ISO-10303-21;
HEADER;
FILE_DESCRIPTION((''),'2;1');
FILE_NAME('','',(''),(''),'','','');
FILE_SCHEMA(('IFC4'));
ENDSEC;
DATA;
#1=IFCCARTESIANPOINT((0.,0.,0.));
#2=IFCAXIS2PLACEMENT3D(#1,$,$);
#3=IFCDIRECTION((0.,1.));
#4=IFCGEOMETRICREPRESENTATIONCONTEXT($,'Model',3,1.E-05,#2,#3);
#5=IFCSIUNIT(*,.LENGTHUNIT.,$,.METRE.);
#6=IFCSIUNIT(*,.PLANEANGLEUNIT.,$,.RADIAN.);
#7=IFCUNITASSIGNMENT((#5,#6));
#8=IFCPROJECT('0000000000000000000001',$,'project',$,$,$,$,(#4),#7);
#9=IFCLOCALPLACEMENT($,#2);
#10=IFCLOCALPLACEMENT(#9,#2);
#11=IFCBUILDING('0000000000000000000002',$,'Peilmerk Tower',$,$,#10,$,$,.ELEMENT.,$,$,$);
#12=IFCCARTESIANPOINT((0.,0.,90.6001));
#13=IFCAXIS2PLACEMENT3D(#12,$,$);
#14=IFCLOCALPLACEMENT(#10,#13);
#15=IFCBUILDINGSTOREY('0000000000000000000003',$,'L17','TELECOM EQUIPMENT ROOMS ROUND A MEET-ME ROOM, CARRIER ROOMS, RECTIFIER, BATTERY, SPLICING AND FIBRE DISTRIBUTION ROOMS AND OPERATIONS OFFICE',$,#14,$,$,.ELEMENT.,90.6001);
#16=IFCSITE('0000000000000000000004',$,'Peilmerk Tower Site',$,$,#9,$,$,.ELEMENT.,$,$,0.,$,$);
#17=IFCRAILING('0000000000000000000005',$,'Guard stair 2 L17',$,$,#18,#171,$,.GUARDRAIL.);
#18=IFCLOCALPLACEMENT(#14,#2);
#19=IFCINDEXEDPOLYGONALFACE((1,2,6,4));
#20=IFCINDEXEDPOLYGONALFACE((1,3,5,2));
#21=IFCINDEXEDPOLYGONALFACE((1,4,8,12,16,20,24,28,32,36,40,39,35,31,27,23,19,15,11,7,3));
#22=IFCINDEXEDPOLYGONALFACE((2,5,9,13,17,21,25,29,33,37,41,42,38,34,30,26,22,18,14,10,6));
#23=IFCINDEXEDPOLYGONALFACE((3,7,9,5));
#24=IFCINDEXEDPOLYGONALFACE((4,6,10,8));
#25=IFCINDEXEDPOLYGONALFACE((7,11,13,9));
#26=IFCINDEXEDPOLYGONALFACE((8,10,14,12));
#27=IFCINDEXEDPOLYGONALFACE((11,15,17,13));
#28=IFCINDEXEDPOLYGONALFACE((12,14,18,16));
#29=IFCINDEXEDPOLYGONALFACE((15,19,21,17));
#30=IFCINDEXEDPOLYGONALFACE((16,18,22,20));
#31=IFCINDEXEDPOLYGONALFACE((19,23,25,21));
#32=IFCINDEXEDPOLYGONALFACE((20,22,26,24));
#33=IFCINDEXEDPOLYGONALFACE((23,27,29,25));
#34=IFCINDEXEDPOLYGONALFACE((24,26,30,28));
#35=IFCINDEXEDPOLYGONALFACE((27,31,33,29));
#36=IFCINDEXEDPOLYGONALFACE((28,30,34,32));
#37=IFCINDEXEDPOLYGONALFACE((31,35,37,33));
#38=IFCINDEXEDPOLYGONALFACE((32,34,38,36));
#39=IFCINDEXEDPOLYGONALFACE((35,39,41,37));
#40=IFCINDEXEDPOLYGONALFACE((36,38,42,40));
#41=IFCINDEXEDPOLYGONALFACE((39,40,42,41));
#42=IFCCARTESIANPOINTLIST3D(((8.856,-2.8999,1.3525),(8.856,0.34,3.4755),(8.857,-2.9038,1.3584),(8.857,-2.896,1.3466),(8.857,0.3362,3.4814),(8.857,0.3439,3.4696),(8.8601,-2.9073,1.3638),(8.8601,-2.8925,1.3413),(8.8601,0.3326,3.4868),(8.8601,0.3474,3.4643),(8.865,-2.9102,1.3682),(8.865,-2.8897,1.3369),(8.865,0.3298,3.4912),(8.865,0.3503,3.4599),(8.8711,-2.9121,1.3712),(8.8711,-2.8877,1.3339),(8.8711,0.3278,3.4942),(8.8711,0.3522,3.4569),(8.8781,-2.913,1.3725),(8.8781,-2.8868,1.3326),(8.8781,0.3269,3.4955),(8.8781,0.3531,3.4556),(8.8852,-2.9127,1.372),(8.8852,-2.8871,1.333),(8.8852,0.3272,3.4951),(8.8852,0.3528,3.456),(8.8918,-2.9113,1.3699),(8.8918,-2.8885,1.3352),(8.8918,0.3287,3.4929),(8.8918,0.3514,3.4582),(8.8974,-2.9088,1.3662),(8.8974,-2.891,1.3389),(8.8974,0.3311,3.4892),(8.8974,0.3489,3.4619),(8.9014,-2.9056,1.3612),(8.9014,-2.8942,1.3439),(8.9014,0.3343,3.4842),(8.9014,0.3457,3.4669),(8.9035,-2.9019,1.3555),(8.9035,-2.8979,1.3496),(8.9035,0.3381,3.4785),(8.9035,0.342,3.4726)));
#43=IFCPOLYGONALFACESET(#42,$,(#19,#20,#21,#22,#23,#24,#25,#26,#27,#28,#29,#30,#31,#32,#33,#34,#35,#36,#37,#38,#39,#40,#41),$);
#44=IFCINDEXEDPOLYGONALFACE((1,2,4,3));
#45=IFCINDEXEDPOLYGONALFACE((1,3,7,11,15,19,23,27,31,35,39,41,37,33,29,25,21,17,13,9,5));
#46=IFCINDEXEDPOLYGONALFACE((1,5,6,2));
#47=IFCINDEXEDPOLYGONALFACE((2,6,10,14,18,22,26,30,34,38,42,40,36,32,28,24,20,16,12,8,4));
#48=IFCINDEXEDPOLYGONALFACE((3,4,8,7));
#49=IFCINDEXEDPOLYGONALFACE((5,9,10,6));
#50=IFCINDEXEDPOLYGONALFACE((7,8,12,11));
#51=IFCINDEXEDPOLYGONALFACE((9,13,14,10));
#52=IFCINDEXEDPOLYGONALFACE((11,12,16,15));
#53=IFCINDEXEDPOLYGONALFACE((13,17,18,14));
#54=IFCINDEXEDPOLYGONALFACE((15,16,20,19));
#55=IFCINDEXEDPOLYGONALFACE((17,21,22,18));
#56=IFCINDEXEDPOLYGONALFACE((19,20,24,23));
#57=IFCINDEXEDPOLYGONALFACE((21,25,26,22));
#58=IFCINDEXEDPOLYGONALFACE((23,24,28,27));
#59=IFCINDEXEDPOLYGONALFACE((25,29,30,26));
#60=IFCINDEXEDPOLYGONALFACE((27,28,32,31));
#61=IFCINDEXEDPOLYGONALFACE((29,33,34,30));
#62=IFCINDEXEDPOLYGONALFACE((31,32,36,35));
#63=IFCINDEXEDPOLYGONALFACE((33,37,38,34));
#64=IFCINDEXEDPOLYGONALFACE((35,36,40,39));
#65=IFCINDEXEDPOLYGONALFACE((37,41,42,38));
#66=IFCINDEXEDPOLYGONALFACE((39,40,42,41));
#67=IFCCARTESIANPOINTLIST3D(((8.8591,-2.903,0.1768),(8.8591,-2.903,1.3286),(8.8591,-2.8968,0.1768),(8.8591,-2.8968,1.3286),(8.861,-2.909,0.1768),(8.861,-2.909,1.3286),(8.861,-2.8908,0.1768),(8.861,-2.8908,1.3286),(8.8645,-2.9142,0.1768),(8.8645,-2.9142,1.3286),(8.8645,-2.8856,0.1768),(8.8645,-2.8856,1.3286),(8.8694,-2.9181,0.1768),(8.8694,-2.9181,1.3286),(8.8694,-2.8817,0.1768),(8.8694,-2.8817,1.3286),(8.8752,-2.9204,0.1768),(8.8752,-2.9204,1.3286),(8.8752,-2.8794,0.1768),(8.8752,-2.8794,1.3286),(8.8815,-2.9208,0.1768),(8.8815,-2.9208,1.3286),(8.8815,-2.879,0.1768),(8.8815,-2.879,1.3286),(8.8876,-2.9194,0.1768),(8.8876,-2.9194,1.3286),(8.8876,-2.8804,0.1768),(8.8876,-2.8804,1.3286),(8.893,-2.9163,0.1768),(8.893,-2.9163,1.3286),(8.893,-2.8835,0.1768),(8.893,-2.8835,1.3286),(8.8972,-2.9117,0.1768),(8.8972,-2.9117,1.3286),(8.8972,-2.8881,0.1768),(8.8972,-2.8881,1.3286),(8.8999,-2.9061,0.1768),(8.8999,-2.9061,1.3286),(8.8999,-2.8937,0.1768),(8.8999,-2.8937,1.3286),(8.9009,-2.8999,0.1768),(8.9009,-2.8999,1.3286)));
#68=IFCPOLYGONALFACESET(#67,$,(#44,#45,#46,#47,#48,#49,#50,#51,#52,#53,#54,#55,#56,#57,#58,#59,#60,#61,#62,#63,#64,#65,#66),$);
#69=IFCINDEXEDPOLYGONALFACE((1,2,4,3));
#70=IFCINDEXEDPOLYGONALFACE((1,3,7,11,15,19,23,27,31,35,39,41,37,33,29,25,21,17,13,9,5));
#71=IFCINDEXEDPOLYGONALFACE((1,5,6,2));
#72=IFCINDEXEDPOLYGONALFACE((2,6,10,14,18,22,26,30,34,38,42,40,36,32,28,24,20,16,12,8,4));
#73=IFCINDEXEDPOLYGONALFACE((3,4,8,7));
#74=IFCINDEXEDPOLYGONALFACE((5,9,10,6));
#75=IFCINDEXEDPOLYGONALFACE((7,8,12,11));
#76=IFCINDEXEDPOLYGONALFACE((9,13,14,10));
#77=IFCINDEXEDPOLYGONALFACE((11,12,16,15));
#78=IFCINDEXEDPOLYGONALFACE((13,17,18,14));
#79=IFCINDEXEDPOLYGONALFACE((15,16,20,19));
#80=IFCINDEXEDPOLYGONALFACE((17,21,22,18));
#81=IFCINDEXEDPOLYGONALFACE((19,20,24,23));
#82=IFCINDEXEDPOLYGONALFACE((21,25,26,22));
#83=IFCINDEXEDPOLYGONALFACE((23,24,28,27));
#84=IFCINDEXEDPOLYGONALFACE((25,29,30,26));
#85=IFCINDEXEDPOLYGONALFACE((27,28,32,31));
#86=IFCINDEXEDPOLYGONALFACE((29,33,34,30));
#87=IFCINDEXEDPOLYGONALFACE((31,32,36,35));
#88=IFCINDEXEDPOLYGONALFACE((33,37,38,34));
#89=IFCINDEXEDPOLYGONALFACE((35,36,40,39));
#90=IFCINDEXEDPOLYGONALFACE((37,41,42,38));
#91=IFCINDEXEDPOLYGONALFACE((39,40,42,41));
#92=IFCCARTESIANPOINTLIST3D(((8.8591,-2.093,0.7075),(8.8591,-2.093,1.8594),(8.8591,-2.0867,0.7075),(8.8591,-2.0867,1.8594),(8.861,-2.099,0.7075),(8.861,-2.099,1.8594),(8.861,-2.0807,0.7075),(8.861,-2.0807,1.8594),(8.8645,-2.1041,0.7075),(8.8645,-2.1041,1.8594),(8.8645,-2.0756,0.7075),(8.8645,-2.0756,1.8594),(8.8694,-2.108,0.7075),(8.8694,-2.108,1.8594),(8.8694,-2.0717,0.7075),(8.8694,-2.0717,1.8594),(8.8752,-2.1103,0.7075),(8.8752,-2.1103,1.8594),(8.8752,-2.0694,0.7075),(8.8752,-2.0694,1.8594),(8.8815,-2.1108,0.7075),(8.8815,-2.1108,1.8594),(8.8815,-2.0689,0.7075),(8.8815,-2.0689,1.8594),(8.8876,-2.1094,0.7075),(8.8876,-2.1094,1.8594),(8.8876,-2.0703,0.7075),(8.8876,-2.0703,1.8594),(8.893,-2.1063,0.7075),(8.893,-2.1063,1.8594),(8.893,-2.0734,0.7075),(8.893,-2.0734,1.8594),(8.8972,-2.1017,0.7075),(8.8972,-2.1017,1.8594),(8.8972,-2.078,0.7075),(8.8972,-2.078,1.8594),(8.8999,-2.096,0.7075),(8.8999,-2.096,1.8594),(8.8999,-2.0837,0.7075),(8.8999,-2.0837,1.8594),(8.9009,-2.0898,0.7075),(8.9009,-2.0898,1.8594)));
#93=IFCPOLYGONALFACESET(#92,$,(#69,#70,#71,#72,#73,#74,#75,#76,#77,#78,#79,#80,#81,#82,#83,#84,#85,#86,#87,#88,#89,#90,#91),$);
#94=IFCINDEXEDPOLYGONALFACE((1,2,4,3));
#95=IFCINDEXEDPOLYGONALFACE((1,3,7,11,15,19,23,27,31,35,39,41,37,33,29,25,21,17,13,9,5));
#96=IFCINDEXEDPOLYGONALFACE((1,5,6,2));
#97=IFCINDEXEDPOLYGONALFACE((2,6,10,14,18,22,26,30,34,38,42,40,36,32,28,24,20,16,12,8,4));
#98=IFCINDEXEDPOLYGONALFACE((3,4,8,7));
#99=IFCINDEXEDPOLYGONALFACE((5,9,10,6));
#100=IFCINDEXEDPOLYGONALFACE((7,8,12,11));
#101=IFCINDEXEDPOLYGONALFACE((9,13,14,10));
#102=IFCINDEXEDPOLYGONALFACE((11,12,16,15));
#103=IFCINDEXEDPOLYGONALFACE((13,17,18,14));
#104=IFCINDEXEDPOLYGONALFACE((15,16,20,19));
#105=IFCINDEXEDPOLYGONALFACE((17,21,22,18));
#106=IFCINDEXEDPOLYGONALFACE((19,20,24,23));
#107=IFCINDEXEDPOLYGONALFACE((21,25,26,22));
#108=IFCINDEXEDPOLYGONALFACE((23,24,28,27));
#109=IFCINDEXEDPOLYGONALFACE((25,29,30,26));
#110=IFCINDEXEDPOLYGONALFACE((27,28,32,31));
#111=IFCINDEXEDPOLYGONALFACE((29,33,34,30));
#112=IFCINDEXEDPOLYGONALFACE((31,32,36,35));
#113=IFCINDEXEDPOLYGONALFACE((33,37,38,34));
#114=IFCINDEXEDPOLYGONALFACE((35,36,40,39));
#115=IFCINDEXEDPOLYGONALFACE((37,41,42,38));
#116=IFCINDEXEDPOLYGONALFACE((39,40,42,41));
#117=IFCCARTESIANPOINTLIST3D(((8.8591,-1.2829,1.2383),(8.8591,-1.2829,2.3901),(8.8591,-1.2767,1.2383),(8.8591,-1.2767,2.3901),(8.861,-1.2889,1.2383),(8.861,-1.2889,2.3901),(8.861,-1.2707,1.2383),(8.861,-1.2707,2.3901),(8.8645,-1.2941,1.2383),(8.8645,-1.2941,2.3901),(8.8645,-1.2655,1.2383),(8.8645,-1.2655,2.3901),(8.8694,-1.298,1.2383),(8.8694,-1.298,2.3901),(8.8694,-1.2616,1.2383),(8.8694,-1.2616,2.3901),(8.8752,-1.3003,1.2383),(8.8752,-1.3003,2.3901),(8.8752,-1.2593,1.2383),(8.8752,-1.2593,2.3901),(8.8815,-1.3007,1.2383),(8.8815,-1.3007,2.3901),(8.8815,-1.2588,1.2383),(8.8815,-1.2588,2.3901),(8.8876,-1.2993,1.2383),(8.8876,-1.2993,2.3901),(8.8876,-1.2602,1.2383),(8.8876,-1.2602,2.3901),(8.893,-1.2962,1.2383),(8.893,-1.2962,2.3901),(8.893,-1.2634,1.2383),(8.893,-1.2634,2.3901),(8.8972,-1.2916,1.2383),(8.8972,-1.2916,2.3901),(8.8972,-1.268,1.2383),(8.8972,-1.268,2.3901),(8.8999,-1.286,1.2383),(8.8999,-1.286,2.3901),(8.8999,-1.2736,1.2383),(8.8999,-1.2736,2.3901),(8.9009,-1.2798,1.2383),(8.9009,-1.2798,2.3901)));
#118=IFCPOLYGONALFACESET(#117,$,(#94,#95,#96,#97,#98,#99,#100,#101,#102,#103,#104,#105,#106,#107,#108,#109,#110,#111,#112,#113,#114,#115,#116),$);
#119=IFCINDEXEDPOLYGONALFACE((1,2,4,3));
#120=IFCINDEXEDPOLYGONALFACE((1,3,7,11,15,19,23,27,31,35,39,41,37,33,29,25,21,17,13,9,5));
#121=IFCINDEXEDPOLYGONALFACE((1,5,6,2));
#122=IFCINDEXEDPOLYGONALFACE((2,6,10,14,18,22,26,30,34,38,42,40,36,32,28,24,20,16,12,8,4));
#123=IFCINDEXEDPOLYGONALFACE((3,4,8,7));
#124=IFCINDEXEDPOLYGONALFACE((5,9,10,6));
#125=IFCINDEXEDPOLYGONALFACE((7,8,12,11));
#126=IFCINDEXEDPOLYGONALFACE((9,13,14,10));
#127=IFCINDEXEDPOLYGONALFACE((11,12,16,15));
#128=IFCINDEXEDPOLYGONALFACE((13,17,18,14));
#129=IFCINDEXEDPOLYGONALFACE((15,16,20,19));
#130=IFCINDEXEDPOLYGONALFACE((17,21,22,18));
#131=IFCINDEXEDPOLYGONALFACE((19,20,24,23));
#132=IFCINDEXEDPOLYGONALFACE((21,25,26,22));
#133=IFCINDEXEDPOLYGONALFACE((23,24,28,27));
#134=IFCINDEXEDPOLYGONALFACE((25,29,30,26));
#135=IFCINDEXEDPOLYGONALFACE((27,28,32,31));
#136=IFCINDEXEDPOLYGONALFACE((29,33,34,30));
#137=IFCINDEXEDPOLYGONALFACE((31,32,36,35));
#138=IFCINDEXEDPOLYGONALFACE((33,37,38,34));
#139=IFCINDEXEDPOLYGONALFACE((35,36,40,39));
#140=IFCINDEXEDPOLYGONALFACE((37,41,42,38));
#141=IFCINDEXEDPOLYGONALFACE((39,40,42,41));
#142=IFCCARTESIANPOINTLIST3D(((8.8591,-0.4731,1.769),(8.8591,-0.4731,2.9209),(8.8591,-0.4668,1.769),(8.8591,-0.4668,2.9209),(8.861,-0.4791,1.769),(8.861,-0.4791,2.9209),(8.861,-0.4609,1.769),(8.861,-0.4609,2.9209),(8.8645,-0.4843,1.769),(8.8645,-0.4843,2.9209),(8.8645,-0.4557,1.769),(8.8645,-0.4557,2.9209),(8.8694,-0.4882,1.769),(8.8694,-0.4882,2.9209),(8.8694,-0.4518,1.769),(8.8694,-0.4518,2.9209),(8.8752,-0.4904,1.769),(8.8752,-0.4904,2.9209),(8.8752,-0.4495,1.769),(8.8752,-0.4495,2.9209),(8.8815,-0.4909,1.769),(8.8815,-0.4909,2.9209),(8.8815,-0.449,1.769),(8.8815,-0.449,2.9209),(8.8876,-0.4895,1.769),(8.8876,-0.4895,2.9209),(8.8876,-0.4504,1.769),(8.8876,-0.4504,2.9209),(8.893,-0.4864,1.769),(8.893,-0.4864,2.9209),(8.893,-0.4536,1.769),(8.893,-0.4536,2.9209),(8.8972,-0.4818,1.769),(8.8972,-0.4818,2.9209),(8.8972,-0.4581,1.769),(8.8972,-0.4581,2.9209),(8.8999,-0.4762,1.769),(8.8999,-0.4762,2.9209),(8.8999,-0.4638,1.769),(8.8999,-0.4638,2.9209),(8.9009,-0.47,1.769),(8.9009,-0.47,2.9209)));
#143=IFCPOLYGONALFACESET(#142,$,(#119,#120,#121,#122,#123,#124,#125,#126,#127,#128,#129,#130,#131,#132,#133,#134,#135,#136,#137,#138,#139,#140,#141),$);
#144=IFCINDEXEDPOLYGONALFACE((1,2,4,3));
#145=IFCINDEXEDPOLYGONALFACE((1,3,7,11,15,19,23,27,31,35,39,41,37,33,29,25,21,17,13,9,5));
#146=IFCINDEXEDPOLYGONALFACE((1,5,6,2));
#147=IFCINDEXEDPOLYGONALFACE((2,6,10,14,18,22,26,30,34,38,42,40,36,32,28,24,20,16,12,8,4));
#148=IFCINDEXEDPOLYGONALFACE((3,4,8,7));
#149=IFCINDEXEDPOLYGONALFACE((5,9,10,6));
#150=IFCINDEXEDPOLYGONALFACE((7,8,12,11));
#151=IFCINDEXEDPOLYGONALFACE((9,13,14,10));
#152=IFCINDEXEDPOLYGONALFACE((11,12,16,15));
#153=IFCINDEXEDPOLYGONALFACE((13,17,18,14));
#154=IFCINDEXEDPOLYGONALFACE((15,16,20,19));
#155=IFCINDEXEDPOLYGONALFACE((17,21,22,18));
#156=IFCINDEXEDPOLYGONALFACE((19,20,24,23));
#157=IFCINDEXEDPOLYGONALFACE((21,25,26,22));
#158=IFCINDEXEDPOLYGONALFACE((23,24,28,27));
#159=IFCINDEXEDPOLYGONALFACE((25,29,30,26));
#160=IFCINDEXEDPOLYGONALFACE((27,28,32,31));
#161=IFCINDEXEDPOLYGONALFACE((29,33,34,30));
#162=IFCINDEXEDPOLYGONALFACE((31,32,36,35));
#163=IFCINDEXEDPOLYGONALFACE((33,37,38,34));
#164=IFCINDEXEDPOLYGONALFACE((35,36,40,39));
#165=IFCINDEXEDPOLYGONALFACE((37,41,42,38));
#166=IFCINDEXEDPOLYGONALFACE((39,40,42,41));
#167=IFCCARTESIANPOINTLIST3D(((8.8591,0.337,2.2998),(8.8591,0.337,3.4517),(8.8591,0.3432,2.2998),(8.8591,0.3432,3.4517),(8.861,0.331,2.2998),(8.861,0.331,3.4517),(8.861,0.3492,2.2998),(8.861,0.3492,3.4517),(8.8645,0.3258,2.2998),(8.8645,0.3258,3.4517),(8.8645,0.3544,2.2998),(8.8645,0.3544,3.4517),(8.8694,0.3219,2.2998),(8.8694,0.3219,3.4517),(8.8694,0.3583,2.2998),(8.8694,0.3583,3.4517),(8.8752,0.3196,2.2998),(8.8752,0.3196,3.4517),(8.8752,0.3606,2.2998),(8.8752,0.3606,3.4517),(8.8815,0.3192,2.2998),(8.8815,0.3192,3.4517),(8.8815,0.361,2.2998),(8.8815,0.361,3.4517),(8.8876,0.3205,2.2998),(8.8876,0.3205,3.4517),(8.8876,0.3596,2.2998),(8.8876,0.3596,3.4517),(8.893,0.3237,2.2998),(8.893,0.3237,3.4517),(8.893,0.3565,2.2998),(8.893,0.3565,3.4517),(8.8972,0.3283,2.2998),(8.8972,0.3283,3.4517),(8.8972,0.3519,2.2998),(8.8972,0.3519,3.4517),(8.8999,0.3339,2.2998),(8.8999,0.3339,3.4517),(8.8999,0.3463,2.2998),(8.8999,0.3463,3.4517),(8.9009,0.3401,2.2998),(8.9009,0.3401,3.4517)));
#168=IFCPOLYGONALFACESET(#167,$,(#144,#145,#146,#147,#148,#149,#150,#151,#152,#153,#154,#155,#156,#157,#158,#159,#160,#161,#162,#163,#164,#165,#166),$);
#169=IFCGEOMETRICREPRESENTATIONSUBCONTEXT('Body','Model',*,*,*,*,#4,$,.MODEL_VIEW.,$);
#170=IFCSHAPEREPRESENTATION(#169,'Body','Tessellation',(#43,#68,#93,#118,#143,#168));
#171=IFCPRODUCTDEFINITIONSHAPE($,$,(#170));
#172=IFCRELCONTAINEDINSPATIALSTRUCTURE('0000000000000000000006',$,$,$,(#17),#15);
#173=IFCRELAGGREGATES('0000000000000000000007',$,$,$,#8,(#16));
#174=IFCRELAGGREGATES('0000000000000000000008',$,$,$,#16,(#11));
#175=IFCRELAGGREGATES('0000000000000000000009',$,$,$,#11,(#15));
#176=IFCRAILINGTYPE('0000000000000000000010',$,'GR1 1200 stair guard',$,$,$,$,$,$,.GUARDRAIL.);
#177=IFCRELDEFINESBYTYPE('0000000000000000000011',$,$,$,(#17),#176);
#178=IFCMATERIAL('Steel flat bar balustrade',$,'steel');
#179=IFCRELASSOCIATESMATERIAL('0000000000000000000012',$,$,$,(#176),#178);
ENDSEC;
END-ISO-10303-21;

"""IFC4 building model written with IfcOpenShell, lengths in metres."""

from ifc_helpers import new_model, si_unit, direction, frame, origin, origin_2d, place, context, subcontext, project, spatial, circle, extrude, material, type_object, element, save


model = new_model("IFC4")

# Units and contexts
model_context = context("Model", 3, precision=1e-05, world=origin(), true_north=direction((0.0, 1.0)))
body_context = subcontext(model_context, "Body", "Model", "MODEL_VIEW")
ifc_project = project(units=[si_unit("LENGTHUNIT", "METRE"), si_unit("PLANEANGLEUNIT", "RADIAN")], contexts=[model_context])

# Site, building, storey
site_placement = place(None, origin())
site = spatial("IfcSite", under=ifc_project, at=site_placement, Name="Peilmerk Tower Site", CompositionType="ELEMENT", RefElevation=0.0)
building_placement = place(site_placement, origin())
building = spatial("IfcBuilding", under=site, at=building_placement, Name="Peilmerk Tower", CompositionType="ELEMENT")
storey_placement = place(building_placement, frame((0.0, 0.0, 90.6001)))
storey = spatial("IfcBuildingStorey", under=building, at=storey_placement, Name="L17", Description="TELECOM EQUIPMENT ROOMS ROUND A MEET-ME ROOM, CARRIER ROOMS, RECTIFIER, BATTERY, SPLICING AND FIBRE DISTRIBUTION ROOMS AND OPERATIONS OFFICE", CompositionType="ELEMENT", Elevation=90.6001)

# Railing
ifc_material_1 = material(Name="Steel flat bar balustrade", Category="steel")
railing_type_1 = type_object("IfcRailingType", Name="GR1 1200 stair guard", PredefinedType="GUARDRAIL", material=ifc_material_1)
railing_1_placement = place(storey_placement, frame((8.8799, -2.8999, 0.1768)))
element("IfcRailing", 1, at=railing_1_placement, inside=storey, type_object=railing_type_1, Name="Guard stair 2 L17", PredefinedType="GUARDRAIL", context=body_context, shape_type="SweptSolid", body=[
    extrude(circle(Radius=0.0239, at=origin_2d()), frame((0.0, 0.0, 1.1758), z_axis=(0.0, 0.836426, 0.548079), x_axis=(-1.0, 0.0, 0.0)), (0.0, 0.0, 1.0), 3.8735),
    extrude(circle(Radius=0.021, at=origin_2d()), origin(), (0.0, 0.0, 1.0), 1.1519),
    extrude(circle(Radius=0.021, at=origin_2d()), frame((0.0, 0.8101, 0.5308)), (0.0, 0.0, 1.0), 1.1519),
    extrude(circle(Radius=0.021, at=origin_2d()), frame((0.0, 1.6201, 1.0615)), (0.0, 0.0, 1.0), 1.1519),
    extrude(circle(Radius=0.021, at=origin_2d()), frame((0.0, 2.4299, 1.5923)), (0.0, 0.0, 1.0), 1.1519),
    extrude(circle(Radius=0.021, at=origin_2d()), frame((0.0, 3.24, 2.123)), (0.0, 0.0, 1.0), 1.1519),
])

save(model, "model.ifc")
